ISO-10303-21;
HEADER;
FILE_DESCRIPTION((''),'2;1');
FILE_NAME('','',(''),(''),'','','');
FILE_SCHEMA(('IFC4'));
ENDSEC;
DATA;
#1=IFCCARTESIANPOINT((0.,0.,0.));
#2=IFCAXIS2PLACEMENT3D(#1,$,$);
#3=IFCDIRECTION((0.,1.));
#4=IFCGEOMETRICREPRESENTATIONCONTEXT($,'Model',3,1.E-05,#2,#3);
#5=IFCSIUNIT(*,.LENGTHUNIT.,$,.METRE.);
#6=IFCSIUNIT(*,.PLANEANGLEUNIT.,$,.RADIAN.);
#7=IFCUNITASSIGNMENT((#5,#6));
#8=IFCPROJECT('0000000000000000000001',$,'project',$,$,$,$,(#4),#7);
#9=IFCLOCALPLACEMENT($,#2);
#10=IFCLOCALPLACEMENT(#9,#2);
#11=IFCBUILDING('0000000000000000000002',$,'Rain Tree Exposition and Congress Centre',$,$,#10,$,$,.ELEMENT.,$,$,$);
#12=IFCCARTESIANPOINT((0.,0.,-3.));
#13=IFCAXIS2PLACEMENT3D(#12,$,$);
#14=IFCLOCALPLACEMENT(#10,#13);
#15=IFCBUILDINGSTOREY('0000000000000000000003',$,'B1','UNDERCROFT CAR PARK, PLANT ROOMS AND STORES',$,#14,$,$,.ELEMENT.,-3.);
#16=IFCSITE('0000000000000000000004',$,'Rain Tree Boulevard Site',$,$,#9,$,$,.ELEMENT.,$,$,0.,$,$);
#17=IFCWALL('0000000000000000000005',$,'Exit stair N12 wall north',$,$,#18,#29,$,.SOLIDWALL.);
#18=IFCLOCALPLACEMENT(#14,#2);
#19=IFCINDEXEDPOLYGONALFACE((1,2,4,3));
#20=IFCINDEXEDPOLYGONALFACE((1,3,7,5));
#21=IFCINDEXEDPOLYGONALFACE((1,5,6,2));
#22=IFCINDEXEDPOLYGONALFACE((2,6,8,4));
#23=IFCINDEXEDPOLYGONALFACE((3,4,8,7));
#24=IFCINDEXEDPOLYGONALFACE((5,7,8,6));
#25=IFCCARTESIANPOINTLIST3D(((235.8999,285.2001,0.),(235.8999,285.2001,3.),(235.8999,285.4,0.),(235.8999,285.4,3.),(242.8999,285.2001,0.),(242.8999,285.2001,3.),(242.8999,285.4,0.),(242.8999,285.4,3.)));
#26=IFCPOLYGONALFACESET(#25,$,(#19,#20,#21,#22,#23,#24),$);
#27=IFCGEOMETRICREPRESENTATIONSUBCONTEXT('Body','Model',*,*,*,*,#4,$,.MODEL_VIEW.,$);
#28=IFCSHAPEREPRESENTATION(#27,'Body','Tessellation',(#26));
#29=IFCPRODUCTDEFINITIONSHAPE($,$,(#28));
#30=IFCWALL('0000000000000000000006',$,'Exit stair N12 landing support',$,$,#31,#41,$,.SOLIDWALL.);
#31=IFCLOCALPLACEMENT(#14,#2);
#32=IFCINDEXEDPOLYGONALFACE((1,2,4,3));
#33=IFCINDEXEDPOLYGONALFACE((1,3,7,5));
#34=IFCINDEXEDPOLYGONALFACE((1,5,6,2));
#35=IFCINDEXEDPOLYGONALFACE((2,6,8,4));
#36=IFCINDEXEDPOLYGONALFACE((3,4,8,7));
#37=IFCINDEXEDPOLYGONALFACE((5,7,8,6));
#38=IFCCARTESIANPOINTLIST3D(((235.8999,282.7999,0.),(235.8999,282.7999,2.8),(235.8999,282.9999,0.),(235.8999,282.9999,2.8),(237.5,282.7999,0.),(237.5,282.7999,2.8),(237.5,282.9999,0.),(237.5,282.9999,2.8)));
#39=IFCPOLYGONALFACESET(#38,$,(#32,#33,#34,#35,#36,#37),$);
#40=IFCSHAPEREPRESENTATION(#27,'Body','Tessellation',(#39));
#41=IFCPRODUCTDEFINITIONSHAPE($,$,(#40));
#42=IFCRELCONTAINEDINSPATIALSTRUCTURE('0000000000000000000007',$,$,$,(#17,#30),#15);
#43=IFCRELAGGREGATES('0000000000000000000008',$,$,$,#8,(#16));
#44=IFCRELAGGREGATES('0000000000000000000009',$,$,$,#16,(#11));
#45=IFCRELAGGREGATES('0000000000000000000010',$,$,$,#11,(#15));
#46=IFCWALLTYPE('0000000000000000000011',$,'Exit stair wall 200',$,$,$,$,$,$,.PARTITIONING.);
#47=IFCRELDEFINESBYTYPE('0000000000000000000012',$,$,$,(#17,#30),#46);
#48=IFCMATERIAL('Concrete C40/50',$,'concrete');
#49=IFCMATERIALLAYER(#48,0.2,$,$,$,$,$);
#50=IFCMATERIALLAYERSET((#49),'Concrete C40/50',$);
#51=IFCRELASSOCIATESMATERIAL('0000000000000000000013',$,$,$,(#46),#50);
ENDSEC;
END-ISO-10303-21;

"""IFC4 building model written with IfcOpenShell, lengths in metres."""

from ifc_helpers import new_model, si_unit, direction, frame, frame_2d, origin, place, context, subcontext, project, spatial, rectangle, extrude, material, layer, layer_set, type_object, element, save


model = new_model("IFC4")

# Units and contexts
model_context = context("Model", 3, precision=1e-05, world=origin(), true_north=direction((0.0, 1.0)))
body_context = subcontext(model_context, "Body", "Model", "MODEL_VIEW")
ifc_project = project(units=[si_unit("LENGTHUNIT", "METRE"), si_unit("PLANEANGLEUNIT", "RADIAN")], contexts=[model_context])

# Site, building, storey
site_placement = place(None, origin())
site = spatial("IfcSite", under=ifc_project, at=site_placement, Name="Rain Tree Boulevard Site", CompositionType="ELEMENT", RefElevation=0.0)
building_placement = place(site_placement, origin())
building = spatial("IfcBuilding", under=site, at=building_placement, Name="Rain Tree Exposition and Congress Centre", CompositionType="ELEMENT")
storey_placement = place(building_placement, frame((0.0, 0.0, -3.0)))
storey = spatial("IfcBuildingStorey", under=building, at=storey_placement, Name="B1", Description="UNDERCROFT CAR PARK, PLANT ROOMS AND STORES", CompositionType="ELEMENT", Elevation=-3.0)

# Shared definitions
ifc_material_1 = material(Name="Concrete C40/50", Category="concrete")
ifc_layer = layer(ifc_material_1, 0.2)
ifc_layer_set = layer_set([ifc_layer], Name="Concrete C40/50")
wall_type = type_object("IfcWallType", Name="Exit stair wall 200", PredefinedType="PARTITIONING", material=ifc_layer_set)

# Walls
wall_1_placement = place(storey_placement, frame((235.8999, 285.3, 0.0), z_axis=(0.0, 0.0, 1.0), x_axis=(1.0, 0.0, 0.0)))
element("IfcWall", 1, at=wall_1_placement, inside=storey, type_object=wall_type, Name="Exit stair N12 wall north", PredefinedType="SOLIDWALL", context=body_context, shape_type="SweptSolid", body=[
    extrude(rectangle(XDim=7.0, YDim=0.2, at=frame_2d((3.5, 0.0))), origin(), (0.0, 0.0, 1.0), 3.0),
])
wall_2_placement = place(storey_placement, frame((235.8999, 282.8999, 0.0), z_axis=(0.0, 0.0, 1.0), x_axis=(1.0, 0.0, 0.0)))
element("IfcWall", 2, at=wall_2_placement, inside=storey, type_object=wall_type, Name="Exit stair N12 landing support", PredefinedType="SOLIDWALL", context=body_context, shape_type="SweptSolid", body=[
    extrude(rectangle(XDim=1.6001, YDim=0.2, at=frame_2d((0.8, 0.0))), origin(), (0.0, 0.0, 1.0), 2.8),
])

save(model, "model.ifc")
